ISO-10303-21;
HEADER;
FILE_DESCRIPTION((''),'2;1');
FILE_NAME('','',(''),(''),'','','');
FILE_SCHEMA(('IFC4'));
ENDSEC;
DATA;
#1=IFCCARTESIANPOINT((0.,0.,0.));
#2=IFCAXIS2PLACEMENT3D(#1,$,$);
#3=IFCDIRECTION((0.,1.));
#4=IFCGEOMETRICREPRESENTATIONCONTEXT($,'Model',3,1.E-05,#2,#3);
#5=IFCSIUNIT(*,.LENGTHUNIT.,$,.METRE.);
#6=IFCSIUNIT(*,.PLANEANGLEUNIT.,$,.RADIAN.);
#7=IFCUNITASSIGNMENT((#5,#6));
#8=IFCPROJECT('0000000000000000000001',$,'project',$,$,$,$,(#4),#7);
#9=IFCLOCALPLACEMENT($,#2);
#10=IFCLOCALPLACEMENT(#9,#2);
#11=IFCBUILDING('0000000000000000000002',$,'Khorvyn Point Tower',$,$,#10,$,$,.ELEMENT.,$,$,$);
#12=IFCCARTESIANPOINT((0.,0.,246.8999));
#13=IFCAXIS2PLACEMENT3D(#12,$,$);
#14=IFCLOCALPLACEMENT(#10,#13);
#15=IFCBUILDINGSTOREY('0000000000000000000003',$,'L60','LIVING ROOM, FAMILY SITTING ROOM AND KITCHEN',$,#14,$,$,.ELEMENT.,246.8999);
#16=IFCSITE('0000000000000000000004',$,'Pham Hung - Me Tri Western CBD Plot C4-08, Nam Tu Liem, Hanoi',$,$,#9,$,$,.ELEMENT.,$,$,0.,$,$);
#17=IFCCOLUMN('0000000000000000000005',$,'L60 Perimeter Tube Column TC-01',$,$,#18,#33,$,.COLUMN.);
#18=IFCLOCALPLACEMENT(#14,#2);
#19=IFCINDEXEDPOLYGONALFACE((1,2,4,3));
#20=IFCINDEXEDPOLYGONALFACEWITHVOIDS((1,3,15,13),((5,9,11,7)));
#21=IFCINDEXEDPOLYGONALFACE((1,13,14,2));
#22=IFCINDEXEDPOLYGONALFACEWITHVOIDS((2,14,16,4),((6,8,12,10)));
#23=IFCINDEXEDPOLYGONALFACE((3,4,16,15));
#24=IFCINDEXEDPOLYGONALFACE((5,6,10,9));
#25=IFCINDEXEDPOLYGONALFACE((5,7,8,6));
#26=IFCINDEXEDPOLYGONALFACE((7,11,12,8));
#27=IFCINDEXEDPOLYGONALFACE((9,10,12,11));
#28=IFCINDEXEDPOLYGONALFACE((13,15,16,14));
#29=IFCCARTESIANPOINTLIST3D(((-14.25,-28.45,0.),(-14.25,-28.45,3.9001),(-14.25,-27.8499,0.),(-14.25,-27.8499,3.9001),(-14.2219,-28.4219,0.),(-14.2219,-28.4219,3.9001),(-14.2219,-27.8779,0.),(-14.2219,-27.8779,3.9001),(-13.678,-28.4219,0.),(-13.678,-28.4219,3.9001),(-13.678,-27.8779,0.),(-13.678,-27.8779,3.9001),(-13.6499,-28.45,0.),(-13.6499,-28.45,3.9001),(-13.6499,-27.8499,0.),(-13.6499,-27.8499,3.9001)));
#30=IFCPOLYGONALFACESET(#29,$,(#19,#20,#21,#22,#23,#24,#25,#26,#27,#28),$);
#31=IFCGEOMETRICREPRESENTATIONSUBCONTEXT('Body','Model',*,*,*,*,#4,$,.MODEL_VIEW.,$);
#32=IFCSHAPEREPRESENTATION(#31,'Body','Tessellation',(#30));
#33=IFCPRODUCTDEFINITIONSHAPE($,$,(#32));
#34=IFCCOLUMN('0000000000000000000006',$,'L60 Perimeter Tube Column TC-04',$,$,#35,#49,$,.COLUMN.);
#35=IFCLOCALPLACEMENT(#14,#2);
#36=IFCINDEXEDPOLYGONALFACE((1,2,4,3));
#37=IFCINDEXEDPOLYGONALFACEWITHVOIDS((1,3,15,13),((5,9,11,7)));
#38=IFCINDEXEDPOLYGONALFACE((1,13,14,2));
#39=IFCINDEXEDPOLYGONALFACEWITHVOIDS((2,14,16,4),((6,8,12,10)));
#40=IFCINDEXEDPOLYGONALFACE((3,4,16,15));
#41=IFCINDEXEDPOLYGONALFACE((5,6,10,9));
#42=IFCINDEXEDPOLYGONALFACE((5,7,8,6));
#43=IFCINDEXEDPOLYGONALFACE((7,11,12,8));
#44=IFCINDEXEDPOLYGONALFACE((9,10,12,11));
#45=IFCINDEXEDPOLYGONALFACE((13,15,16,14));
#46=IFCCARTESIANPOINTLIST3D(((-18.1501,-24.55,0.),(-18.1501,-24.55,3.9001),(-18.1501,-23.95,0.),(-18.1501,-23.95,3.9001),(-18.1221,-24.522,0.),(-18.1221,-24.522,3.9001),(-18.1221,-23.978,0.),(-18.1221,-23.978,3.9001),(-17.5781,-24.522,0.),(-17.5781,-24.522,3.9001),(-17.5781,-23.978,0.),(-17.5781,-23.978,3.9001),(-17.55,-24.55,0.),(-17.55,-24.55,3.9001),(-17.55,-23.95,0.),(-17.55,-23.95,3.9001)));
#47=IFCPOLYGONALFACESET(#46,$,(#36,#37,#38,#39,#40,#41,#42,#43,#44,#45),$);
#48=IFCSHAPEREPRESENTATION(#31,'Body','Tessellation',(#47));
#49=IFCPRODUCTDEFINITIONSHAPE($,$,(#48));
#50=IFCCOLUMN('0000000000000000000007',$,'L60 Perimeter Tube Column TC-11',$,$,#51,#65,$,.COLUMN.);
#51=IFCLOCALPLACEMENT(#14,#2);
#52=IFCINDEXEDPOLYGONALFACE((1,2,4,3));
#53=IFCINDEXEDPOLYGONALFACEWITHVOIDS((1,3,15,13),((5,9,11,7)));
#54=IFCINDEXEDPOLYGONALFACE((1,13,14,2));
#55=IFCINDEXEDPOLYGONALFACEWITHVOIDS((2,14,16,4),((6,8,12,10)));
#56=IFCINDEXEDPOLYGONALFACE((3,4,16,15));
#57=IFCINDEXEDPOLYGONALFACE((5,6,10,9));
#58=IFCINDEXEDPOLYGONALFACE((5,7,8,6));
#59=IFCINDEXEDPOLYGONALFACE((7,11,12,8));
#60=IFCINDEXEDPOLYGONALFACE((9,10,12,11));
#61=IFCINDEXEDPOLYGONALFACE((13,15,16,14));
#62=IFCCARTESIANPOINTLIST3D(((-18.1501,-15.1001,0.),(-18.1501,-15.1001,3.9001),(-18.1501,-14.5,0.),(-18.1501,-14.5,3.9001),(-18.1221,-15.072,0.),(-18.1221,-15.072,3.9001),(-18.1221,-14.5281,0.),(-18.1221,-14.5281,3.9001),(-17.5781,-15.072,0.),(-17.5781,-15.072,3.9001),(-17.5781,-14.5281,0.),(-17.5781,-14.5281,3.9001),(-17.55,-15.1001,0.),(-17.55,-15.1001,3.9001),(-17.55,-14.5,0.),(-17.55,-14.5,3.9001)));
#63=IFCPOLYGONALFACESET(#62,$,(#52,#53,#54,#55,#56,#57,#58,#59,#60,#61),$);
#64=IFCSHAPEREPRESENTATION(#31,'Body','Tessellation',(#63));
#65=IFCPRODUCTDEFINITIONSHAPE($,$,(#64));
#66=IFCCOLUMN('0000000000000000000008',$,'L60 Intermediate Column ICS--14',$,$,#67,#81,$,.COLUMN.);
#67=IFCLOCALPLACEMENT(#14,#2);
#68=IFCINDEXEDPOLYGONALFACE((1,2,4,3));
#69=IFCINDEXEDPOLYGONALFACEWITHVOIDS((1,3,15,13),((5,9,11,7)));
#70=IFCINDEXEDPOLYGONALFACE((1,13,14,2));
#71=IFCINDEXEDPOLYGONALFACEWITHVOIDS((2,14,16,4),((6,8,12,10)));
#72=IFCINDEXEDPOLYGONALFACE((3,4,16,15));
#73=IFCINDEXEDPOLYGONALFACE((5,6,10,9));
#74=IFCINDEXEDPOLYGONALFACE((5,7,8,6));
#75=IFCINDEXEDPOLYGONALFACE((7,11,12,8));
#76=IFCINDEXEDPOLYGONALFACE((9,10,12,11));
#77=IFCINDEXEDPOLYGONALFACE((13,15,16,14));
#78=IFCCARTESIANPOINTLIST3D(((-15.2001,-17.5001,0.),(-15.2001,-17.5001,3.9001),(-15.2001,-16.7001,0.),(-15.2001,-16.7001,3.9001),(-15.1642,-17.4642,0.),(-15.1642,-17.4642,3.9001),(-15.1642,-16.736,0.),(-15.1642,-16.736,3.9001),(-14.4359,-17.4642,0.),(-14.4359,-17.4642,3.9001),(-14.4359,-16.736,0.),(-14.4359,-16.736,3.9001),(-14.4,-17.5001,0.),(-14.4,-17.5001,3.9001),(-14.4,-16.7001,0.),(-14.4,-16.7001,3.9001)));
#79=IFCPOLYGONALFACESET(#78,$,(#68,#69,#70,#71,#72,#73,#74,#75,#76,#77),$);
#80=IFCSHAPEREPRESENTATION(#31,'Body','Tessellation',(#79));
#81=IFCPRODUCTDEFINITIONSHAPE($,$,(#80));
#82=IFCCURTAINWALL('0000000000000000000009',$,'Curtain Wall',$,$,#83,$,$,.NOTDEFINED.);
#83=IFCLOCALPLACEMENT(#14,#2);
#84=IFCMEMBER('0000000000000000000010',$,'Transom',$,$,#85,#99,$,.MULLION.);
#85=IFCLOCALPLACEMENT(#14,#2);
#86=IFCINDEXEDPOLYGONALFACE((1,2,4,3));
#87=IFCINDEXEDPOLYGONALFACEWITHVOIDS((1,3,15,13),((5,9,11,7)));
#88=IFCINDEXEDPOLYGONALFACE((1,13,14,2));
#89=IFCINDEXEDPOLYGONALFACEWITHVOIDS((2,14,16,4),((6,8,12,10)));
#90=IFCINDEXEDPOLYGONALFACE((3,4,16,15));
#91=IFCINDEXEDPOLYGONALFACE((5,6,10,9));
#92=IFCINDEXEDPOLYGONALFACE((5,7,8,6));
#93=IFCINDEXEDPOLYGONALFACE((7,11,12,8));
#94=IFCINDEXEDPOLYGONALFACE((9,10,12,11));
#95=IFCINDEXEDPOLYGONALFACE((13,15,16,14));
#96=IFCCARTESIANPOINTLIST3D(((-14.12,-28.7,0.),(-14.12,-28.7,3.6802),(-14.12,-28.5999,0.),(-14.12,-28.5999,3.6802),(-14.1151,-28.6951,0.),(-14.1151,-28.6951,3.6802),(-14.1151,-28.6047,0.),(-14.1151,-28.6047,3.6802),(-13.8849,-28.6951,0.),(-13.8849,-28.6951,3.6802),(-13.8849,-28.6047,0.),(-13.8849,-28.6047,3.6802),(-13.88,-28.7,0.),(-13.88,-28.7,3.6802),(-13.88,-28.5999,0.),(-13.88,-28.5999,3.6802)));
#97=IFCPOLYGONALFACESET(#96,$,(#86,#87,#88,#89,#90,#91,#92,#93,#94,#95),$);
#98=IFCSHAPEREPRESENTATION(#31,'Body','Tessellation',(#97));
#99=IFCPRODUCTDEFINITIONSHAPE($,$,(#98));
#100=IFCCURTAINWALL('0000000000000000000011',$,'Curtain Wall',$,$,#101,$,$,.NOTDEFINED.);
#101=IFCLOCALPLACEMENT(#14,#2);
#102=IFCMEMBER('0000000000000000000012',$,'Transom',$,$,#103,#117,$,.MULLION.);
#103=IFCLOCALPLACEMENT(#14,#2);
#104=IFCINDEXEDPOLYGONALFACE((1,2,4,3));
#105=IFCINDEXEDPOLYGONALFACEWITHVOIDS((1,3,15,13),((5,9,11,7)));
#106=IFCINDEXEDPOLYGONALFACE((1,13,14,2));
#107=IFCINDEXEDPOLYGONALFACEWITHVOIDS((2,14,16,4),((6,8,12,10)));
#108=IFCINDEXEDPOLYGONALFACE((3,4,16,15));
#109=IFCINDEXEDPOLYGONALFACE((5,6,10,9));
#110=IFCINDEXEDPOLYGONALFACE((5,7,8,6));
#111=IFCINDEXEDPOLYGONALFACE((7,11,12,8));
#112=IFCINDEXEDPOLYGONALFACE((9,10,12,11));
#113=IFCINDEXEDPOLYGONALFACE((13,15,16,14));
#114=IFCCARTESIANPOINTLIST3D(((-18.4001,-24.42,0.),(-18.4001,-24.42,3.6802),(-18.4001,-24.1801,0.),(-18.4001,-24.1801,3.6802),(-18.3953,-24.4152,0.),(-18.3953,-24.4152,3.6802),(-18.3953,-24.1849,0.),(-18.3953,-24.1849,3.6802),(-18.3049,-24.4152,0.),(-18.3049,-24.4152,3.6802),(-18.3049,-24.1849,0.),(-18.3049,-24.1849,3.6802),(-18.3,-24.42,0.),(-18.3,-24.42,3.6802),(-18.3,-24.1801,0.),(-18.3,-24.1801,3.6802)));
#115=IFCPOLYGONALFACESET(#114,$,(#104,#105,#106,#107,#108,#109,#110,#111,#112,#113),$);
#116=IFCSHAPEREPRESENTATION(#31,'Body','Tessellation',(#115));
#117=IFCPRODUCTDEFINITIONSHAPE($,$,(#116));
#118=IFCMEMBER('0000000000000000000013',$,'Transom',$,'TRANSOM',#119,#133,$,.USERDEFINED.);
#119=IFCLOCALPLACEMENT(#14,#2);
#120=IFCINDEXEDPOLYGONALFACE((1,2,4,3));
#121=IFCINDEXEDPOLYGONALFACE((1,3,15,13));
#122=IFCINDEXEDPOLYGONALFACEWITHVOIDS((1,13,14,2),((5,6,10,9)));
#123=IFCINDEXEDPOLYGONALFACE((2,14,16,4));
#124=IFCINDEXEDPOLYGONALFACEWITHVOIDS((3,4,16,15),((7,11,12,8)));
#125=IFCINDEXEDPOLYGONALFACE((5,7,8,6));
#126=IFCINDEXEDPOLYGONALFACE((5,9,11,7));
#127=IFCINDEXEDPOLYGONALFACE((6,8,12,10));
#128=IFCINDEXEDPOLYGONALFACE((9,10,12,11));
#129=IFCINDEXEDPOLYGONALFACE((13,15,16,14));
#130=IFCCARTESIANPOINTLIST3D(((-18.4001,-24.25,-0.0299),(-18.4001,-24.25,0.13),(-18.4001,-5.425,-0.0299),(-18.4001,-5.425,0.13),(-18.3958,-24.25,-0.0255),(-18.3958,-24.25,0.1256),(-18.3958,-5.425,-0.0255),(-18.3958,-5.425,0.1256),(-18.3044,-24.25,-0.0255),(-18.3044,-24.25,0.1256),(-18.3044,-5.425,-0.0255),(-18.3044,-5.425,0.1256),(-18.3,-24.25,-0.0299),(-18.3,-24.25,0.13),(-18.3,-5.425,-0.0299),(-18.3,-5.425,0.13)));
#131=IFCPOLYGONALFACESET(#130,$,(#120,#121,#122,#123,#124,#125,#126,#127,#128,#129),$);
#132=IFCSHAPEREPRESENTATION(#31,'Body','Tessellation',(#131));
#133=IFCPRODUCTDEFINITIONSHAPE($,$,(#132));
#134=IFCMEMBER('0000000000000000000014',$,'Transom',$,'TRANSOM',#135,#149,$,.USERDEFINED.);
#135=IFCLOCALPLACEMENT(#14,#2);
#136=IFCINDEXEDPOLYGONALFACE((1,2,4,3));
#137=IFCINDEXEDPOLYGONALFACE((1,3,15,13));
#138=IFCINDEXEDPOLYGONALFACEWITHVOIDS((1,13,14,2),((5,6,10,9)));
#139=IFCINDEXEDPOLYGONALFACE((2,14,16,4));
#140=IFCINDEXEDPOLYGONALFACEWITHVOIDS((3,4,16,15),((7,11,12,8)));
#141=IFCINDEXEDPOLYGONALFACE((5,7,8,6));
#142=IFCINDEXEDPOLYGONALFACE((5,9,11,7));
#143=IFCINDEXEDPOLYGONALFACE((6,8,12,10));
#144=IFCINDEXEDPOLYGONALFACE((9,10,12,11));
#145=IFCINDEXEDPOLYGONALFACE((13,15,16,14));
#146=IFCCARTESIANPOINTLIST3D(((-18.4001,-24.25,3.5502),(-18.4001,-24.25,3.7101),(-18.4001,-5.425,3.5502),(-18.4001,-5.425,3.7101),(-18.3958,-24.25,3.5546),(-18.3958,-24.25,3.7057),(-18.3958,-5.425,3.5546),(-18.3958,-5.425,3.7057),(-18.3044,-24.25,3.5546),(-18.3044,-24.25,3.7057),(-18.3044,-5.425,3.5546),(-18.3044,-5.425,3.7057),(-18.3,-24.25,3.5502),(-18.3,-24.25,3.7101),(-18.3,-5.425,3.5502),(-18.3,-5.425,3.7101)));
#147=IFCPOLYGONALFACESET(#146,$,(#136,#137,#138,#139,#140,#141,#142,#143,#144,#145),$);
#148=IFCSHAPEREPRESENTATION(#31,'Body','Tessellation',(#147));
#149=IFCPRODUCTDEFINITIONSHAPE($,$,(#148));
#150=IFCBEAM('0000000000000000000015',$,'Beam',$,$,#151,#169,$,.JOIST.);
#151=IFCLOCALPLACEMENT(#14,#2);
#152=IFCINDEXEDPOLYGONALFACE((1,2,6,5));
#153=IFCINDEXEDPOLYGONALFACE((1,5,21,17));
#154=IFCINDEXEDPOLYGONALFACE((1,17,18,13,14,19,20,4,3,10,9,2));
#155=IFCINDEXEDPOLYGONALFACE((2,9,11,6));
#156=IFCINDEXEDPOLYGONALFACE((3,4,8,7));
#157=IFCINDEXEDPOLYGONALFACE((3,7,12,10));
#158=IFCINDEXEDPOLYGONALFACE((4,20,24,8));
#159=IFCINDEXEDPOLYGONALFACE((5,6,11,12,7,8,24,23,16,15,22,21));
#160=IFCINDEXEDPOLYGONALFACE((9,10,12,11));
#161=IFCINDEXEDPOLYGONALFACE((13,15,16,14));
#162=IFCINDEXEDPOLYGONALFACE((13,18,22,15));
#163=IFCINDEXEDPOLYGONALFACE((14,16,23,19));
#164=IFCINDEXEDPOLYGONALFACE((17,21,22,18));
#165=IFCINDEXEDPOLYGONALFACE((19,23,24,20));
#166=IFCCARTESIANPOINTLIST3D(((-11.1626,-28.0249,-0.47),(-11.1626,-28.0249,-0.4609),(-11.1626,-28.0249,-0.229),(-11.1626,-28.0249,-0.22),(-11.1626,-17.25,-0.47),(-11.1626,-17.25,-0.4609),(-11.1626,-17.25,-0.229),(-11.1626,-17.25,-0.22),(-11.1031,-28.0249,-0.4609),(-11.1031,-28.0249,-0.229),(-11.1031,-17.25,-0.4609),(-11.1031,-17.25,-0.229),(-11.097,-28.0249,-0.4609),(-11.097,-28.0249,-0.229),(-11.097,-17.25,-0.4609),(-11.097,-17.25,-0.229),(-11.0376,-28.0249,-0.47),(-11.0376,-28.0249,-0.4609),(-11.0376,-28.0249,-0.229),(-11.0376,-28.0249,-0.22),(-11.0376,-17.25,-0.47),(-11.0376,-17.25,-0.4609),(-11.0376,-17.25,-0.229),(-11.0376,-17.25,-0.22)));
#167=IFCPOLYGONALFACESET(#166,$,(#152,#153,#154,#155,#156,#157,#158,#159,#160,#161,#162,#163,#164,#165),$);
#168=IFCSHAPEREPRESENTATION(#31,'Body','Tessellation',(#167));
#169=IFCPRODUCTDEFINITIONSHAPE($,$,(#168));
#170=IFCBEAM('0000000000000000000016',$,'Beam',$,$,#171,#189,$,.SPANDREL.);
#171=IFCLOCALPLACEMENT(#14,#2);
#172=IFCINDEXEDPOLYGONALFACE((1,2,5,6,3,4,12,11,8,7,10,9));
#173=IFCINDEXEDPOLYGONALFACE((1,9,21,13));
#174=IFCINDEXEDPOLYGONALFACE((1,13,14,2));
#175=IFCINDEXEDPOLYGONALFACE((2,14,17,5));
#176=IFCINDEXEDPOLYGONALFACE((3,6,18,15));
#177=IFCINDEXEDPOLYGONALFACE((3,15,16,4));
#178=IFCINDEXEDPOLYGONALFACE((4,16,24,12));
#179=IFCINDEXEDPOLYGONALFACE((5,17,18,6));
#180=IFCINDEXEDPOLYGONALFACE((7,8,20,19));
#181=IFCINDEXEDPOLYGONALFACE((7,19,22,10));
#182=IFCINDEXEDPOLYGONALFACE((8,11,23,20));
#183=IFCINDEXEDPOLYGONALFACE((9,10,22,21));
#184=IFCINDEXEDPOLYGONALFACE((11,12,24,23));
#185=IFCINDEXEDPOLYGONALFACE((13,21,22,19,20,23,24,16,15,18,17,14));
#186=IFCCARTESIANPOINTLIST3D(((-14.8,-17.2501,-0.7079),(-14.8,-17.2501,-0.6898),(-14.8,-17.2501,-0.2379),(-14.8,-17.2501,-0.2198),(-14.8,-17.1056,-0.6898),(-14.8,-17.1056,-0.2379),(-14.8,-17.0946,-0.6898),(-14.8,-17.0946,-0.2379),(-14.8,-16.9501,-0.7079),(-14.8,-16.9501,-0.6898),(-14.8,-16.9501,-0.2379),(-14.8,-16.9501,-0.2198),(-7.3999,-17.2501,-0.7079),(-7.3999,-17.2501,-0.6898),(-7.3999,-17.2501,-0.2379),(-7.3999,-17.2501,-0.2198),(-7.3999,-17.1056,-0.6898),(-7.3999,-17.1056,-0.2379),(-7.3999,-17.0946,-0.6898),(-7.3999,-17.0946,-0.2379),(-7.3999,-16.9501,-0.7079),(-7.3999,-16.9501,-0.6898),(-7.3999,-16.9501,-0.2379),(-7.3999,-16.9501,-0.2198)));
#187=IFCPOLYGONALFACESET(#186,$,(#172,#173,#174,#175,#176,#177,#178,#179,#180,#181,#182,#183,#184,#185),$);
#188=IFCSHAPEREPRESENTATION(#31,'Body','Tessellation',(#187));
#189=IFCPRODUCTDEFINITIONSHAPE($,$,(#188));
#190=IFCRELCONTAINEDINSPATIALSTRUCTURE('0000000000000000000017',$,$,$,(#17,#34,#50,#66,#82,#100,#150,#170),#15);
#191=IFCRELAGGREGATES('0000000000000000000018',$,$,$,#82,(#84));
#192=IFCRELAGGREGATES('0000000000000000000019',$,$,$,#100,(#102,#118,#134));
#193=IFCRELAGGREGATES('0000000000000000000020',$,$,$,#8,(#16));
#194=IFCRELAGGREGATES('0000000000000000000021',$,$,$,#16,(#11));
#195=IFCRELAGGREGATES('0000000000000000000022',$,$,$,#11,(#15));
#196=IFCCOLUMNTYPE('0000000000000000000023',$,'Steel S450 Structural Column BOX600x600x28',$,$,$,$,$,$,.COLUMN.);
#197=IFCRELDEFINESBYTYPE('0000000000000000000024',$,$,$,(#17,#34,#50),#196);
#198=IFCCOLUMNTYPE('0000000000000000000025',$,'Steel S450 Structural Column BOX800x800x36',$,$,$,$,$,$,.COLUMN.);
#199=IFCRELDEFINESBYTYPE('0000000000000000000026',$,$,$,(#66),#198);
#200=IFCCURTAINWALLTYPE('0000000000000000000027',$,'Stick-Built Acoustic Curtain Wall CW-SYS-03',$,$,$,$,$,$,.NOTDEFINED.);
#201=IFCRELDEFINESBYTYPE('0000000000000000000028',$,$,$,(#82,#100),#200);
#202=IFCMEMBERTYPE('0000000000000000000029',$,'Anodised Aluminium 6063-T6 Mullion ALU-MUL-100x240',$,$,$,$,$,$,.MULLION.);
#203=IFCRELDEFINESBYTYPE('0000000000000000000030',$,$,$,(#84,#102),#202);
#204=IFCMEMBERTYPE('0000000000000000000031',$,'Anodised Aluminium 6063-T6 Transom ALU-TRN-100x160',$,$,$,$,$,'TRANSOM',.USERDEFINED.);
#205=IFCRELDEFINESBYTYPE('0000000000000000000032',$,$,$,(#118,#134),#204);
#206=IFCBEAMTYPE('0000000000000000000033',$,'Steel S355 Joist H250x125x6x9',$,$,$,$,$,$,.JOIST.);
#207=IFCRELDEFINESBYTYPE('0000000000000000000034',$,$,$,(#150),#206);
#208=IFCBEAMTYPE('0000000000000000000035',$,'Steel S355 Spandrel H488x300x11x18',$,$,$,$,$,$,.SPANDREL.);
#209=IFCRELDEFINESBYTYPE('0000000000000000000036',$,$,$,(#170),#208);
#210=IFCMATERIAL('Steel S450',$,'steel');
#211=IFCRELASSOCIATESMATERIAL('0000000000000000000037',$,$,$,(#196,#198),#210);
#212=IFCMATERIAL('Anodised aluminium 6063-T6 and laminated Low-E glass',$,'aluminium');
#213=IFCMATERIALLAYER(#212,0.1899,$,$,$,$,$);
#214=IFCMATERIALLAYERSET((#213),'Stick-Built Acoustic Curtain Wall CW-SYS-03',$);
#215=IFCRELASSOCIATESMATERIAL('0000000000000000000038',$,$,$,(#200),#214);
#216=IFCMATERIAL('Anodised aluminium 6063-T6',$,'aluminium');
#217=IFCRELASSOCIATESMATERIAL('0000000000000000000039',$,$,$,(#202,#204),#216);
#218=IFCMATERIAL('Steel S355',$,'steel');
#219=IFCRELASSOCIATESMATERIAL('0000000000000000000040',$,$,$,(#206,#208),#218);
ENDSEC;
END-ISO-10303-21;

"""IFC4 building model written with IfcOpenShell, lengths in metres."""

from ifc_helpers import new_model, si_unit, direction, frame, origin, origin_2d, place, context, subcontext, project, spatial, hollow_rectangle, i_section, extrude, material, layer, layer_set, material_profile, profile_set, type_object, element, aggregate, save


model = new_model("IFC4")

# Units and contexts
model_context = context("Model", 3, precision=1e-05, world=origin(), true_north=direction((0.0, 1.0)))
body_context = subcontext(model_context, "Body", "Model", "MODEL_VIEW")
ifc_project = project(units=[si_unit("LENGTHUNIT", "METRE"), si_unit("PLANEANGLEUNIT", "RADIAN")], contexts=[model_context])

# Site, building, storey
site_placement = place(None, origin())
site = spatial("IfcSite", under=ifc_project, at=site_placement, Name="Pham Hung - Me Tri Western CBD Plot C4-08, Nam Tu Liem, Hanoi", CompositionType="ELEMENT", RefElevation=0.0)
building_placement = place(site_placement, origin())
building = spatial("IfcBuilding", under=site, at=building_placement, Name="Khorvyn Point Tower", CompositionType="ELEMENT")
storey_placement = place(building_placement, frame((0.0, 0.0, 246.8999)))
storey = spatial("IfcBuildingStorey", under=building, at=storey_placement, Name="L60", Description="LIVING ROOM, FAMILY SITTING ROOM AND KITCHEN", CompositionType="ELEMENT", Elevation=246.8999)

# Columns
ifc_material_1 = material(Name="Steel S450", Category="steel")
ifc_material_profile_1 = material_profile(ifc_material_1, hollow_rectangle(XDim=0.6001, YDim=0.6001, WallThickness=0.0281, at=origin_2d()))
ifc_profile_set_1 = profile_set([ifc_material_profile_1], Name="Steel S450 BOX600x600x28")
column_type_1 = type_object("IfcColumnType", Name="Steel S450 Structural Column BOX600x600x28", PredefinedType="COLUMN", material=ifc_profile_set_1)
for number, where, z_axis, x_axis, name in (
    (1, (-13.95, -28.1499, 0.0), (0.0, 0.0, 1.0), (1.0, 0.0, 0.0), "L60 Perimeter Tube Column TC-01"),
    (2, (-17.8501, -24.25, 0.0), (0.0, 0.0, 1.0), (1.0, 0.0, 0.0), "L60 Perimeter Tube Column TC-04"),
    (3, (-17.8501, -14.8, 0.0), (0.0, 0.0, 1.0), (1.0, 0.0, 0.0), "L60 Perimeter Tube Column TC-11"),
):
    element("IfcColumn", number, at=place(storey_placement, frame(where, z_axis=z_axis, x_axis=x_axis)), inside=storey, type_object=column_type_1, Name=name, PredefinedType="COLUMN", context=body_context, shape_type="SweptSolid", body=[
        extrude(hollow_rectangle(XDim=0.6001, YDim=0.6001, WallThickness=0.0281, at=origin_2d()), origin(), (0.0, 0.0, 1.0), 3.9001),
    ])
ifc_material_profile_2 = material_profile(ifc_material_1, hollow_rectangle(XDim=0.8, YDim=0.8, WallThickness=0.0359, at=origin_2d()))
ifc_profile_set_2 = profile_set([ifc_material_profile_2], Name="Steel S450 BOX800x800x36")
column_type_2 = type_object("IfcColumnType", Name="Steel S450 Structural Column BOX800x800x36", PredefinedType="COLUMN", material=ifc_profile_set_2)
column_placement = place(storey_placement, frame((-14.8, -17.1001, 0.0), z_axis=(0.0, 0.0, 1.0), x_axis=(1.0, 0.0, 0.0)))
element("IfcColumn", 4, at=column_placement, inside=storey, type_object=column_type_2, Name="L60 Intermediate Column ICS--14", PredefinedType="COLUMN", context=body_context, shape_type="SweptSolid", body=[
    extrude(hollow_rectangle(XDim=0.8, YDim=0.8, WallThickness=0.0359, at=origin_2d()), origin(), (0.0, 0.0, 1.0), 3.9001),
])

# Curtain wall, member
ifc_material_2 = material(Name="Anodised aluminium 6063-T6 and laminated Low-E glass", Category="aluminium")
ifc_layer_1 = layer(ifc_material_2, 0.1899)
ifc_layer_set_1 = layer_set([ifc_layer_1], Name="Stick-Built Acoustic Curtain Wall CW-SYS-03")
curtain_wall_type = type_object("IfcCurtainWallType", Name="Stick-Built Acoustic Curtain Wall CW-SYS-03", PredefinedType="NOTDEFINED", material=ifc_layer_set_1)
curtain_wall_1_placement = place(storey_placement, origin())
curtain_wall_1 = element("IfcCurtainWall", 5, at=curtain_wall_1_placement, inside=storey, type_object=curtain_wall_type, Name="Curtain Wall", PredefinedType="NOTDEFINED")
ifc_material_3 = material(Name="Anodised aluminium 6063-T6", Category="aluminium")
ifc_material_profile_3 = material_profile(ifc_material_3, hollow_rectangle(XDim=0.1001, YDim=0.24, WallThickness=0.0049, at=origin_2d()))
ifc_profile_set_3 = profile_set([ifc_material_profile_3], Name="Anodised aluminium 6063-T6 ALU-MUL-100x240")
member_type_1 = type_object("IfcMemberType", Name="Anodised Aluminium 6063-T6 Mullion ALU-MUL-100x240", PredefinedType="MULLION", material=ifc_profile_set_3)
member_1_placement = place(storey_placement, frame((-14.0, -28.6499, 0.0), z_axis=(0.0, 0.0, 1.0), x_axis=(0.0, -1.0, 0.0)))
member_1 = element("IfcMember", 6, at=member_1_placement, type_object=member_type_1, Name="Transom", PredefinedType="MULLION", context=body_context, shape_type="SweptSolid", body=[
    extrude(hollow_rectangle(XDim=0.1001, YDim=0.24, WallThickness=0.0049, at=origin_2d()), origin(), (0.0, 0.0, 1.0), 3.6802),
])

# Curtain wall, members
curtain_wall_2_placement = place(storey_placement, origin())
curtain_wall_2 = element("IfcCurtainWall", 7, at=curtain_wall_2_placement, inside=storey, type_object=curtain_wall_type, Name="Curtain Wall", PredefinedType="NOTDEFINED")
member_2_placement = place(storey_placement, frame((-18.3501, -24.3, 0.0), z_axis=(0.0, 0.0, 1.0), x_axis=(-1.0, 0.0, 0.0)))
member_2 = element("IfcMember", 8, at=member_2_placement, type_object=member_type_1, Name="Transom", PredefinedType="MULLION", context=body_context, shape_type="SweptSolid", body=[
    extrude(hollow_rectangle(XDim=0.1001, YDim=0.24, WallThickness=0.0049, at=origin_2d()), origin(), (0.0, 0.0, 1.0), 3.6802),
])
ifc_material_profile_4 = material_profile(ifc_material_3, hollow_rectangle(XDim=0.1001, YDim=0.1599, WallThickness=0.0044, at=origin_2d()))
ifc_profile_set_4 = profile_set([ifc_material_profile_4], Name="Anodised aluminium 6063-T6 ALU-TRN-100x160")
member_type_2 = type_object("IfcMemberType", Name="Anodised Aluminium 6063-T6 Transom ALU-TRN-100x160", ElementType="TRANSOM", PredefinedType="USERDEFINED", material=ifc_profile_set_4)
member_3_placement = place(storey_placement, frame((-18.3501, -24.25, 0.05), z_axis=(0.0, 1.0, 0.0), x_axis=(-1.0, 0.0, 0.0)))
member_3 = element("IfcMember", 9, at=member_3_placement, type_object=member_type_2, Name="Transom", ObjectType="TRANSOM", PredefinedType="USERDEFINED", context=body_context, shape_type="SweptSolid", body=[
    extrude(hollow_rectangle(XDim=0.1001, YDim=0.1599, WallThickness=0.0044, at=origin_2d()), origin(), (0.0, 0.0, 1.0), 18.825),
])
member_4_placement = place(storey_placement, frame((-18.3501, -24.25, 3.6301), z_axis=(0.0, 1.0, 0.0), x_axis=(-1.0, 0.0, 0.0)))
member_4 = element("IfcMember", 10, at=member_4_placement, type_object=member_type_2, Name="Transom", ObjectType="TRANSOM", PredefinedType="USERDEFINED", context=body_context, shape_type="SweptSolid", body=[
    extrude(hollow_rectangle(XDim=0.1001, YDim=0.1599, WallThickness=0.0044, at=origin_2d()), origin(), (0.0, 0.0, 1.0), 18.825),
])

# Beams
ifc_material_4 = material(Name="Steel S355", Category="steel")
ifc_material_profile_5 = material_profile(ifc_material_4, i_section(OverallWidth=0.125, OverallDepth=0.25, WebThickness=0.0061, FlangeThickness=0.009, at=origin_2d()))
ifc_profile_set_5 = profile_set([ifc_material_profile_5], Name="Steel S355 H250x125x6x9")
beam_type_1 = type_object("IfcBeamType", Name="Steel S355 Joist H250x125x6x9", PredefinedType="JOIST", material=ifc_profile_set_5)
beam_1_placement = place(storey_placement, frame((-11.1001, -28.0249, -0.345), z_axis=(0.0, 1.0, 0.0), x_axis=(-1.0, 0.0, 0.0)))
element("IfcBeam", 11, at=beam_1_placement, inside=storey, type_object=beam_type_1, Name="Beam", PredefinedType="JOIST", context=body_context, shape_type="SweptSolid", body=[
    extrude(i_section(OverallWidth=0.125, OverallDepth=0.25, WebThickness=0.0061, FlangeThickness=0.009, at=origin_2d()), origin(), (0.0, 0.0, 1.0), 10.7749),
])
ifc_material_profile_6 = material_profile(ifc_material_4, i_section(OverallWidth=0.3, OverallDepth=0.488, WebThickness=0.011, FlangeThickness=0.0181, at=origin_2d()))
ifc_profile_set_6 = profile_set([ifc_material_profile_6], Name="Steel S355 H488x300x11x18")
beam_type_2 = type_object("IfcBeamType", Name="Steel S355 Spandrel H488x300x11x18", PredefinedType="SPANDREL", material=ifc_profile_set_6)
beam_2_placement = place(storey_placement, frame((-14.8, -17.1001, -0.4639), z_axis=(1.0, 0.0, 0.0), x_axis=(0.0, 1.0, 0.0)))
element("IfcBeam", 12, at=beam_2_placement, inside=storey, type_object=beam_type_2, Name="Beam", PredefinedType="SPANDREL", context=body_context, shape_type="SweptSolid", body=[
    extrude(i_section(OverallWidth=0.3, OverallDepth=0.488, WebThickness=0.011, FlangeThickness=0.0181, at=origin_2d()), origin(), (0.0, 0.0, 1.0), 7.4001),
])

aggregate(curtain_wall_1, [member_1])
aggregate(curtain_wall_2, [member_2, member_3, member_4])

save(model, "model.ifc")
